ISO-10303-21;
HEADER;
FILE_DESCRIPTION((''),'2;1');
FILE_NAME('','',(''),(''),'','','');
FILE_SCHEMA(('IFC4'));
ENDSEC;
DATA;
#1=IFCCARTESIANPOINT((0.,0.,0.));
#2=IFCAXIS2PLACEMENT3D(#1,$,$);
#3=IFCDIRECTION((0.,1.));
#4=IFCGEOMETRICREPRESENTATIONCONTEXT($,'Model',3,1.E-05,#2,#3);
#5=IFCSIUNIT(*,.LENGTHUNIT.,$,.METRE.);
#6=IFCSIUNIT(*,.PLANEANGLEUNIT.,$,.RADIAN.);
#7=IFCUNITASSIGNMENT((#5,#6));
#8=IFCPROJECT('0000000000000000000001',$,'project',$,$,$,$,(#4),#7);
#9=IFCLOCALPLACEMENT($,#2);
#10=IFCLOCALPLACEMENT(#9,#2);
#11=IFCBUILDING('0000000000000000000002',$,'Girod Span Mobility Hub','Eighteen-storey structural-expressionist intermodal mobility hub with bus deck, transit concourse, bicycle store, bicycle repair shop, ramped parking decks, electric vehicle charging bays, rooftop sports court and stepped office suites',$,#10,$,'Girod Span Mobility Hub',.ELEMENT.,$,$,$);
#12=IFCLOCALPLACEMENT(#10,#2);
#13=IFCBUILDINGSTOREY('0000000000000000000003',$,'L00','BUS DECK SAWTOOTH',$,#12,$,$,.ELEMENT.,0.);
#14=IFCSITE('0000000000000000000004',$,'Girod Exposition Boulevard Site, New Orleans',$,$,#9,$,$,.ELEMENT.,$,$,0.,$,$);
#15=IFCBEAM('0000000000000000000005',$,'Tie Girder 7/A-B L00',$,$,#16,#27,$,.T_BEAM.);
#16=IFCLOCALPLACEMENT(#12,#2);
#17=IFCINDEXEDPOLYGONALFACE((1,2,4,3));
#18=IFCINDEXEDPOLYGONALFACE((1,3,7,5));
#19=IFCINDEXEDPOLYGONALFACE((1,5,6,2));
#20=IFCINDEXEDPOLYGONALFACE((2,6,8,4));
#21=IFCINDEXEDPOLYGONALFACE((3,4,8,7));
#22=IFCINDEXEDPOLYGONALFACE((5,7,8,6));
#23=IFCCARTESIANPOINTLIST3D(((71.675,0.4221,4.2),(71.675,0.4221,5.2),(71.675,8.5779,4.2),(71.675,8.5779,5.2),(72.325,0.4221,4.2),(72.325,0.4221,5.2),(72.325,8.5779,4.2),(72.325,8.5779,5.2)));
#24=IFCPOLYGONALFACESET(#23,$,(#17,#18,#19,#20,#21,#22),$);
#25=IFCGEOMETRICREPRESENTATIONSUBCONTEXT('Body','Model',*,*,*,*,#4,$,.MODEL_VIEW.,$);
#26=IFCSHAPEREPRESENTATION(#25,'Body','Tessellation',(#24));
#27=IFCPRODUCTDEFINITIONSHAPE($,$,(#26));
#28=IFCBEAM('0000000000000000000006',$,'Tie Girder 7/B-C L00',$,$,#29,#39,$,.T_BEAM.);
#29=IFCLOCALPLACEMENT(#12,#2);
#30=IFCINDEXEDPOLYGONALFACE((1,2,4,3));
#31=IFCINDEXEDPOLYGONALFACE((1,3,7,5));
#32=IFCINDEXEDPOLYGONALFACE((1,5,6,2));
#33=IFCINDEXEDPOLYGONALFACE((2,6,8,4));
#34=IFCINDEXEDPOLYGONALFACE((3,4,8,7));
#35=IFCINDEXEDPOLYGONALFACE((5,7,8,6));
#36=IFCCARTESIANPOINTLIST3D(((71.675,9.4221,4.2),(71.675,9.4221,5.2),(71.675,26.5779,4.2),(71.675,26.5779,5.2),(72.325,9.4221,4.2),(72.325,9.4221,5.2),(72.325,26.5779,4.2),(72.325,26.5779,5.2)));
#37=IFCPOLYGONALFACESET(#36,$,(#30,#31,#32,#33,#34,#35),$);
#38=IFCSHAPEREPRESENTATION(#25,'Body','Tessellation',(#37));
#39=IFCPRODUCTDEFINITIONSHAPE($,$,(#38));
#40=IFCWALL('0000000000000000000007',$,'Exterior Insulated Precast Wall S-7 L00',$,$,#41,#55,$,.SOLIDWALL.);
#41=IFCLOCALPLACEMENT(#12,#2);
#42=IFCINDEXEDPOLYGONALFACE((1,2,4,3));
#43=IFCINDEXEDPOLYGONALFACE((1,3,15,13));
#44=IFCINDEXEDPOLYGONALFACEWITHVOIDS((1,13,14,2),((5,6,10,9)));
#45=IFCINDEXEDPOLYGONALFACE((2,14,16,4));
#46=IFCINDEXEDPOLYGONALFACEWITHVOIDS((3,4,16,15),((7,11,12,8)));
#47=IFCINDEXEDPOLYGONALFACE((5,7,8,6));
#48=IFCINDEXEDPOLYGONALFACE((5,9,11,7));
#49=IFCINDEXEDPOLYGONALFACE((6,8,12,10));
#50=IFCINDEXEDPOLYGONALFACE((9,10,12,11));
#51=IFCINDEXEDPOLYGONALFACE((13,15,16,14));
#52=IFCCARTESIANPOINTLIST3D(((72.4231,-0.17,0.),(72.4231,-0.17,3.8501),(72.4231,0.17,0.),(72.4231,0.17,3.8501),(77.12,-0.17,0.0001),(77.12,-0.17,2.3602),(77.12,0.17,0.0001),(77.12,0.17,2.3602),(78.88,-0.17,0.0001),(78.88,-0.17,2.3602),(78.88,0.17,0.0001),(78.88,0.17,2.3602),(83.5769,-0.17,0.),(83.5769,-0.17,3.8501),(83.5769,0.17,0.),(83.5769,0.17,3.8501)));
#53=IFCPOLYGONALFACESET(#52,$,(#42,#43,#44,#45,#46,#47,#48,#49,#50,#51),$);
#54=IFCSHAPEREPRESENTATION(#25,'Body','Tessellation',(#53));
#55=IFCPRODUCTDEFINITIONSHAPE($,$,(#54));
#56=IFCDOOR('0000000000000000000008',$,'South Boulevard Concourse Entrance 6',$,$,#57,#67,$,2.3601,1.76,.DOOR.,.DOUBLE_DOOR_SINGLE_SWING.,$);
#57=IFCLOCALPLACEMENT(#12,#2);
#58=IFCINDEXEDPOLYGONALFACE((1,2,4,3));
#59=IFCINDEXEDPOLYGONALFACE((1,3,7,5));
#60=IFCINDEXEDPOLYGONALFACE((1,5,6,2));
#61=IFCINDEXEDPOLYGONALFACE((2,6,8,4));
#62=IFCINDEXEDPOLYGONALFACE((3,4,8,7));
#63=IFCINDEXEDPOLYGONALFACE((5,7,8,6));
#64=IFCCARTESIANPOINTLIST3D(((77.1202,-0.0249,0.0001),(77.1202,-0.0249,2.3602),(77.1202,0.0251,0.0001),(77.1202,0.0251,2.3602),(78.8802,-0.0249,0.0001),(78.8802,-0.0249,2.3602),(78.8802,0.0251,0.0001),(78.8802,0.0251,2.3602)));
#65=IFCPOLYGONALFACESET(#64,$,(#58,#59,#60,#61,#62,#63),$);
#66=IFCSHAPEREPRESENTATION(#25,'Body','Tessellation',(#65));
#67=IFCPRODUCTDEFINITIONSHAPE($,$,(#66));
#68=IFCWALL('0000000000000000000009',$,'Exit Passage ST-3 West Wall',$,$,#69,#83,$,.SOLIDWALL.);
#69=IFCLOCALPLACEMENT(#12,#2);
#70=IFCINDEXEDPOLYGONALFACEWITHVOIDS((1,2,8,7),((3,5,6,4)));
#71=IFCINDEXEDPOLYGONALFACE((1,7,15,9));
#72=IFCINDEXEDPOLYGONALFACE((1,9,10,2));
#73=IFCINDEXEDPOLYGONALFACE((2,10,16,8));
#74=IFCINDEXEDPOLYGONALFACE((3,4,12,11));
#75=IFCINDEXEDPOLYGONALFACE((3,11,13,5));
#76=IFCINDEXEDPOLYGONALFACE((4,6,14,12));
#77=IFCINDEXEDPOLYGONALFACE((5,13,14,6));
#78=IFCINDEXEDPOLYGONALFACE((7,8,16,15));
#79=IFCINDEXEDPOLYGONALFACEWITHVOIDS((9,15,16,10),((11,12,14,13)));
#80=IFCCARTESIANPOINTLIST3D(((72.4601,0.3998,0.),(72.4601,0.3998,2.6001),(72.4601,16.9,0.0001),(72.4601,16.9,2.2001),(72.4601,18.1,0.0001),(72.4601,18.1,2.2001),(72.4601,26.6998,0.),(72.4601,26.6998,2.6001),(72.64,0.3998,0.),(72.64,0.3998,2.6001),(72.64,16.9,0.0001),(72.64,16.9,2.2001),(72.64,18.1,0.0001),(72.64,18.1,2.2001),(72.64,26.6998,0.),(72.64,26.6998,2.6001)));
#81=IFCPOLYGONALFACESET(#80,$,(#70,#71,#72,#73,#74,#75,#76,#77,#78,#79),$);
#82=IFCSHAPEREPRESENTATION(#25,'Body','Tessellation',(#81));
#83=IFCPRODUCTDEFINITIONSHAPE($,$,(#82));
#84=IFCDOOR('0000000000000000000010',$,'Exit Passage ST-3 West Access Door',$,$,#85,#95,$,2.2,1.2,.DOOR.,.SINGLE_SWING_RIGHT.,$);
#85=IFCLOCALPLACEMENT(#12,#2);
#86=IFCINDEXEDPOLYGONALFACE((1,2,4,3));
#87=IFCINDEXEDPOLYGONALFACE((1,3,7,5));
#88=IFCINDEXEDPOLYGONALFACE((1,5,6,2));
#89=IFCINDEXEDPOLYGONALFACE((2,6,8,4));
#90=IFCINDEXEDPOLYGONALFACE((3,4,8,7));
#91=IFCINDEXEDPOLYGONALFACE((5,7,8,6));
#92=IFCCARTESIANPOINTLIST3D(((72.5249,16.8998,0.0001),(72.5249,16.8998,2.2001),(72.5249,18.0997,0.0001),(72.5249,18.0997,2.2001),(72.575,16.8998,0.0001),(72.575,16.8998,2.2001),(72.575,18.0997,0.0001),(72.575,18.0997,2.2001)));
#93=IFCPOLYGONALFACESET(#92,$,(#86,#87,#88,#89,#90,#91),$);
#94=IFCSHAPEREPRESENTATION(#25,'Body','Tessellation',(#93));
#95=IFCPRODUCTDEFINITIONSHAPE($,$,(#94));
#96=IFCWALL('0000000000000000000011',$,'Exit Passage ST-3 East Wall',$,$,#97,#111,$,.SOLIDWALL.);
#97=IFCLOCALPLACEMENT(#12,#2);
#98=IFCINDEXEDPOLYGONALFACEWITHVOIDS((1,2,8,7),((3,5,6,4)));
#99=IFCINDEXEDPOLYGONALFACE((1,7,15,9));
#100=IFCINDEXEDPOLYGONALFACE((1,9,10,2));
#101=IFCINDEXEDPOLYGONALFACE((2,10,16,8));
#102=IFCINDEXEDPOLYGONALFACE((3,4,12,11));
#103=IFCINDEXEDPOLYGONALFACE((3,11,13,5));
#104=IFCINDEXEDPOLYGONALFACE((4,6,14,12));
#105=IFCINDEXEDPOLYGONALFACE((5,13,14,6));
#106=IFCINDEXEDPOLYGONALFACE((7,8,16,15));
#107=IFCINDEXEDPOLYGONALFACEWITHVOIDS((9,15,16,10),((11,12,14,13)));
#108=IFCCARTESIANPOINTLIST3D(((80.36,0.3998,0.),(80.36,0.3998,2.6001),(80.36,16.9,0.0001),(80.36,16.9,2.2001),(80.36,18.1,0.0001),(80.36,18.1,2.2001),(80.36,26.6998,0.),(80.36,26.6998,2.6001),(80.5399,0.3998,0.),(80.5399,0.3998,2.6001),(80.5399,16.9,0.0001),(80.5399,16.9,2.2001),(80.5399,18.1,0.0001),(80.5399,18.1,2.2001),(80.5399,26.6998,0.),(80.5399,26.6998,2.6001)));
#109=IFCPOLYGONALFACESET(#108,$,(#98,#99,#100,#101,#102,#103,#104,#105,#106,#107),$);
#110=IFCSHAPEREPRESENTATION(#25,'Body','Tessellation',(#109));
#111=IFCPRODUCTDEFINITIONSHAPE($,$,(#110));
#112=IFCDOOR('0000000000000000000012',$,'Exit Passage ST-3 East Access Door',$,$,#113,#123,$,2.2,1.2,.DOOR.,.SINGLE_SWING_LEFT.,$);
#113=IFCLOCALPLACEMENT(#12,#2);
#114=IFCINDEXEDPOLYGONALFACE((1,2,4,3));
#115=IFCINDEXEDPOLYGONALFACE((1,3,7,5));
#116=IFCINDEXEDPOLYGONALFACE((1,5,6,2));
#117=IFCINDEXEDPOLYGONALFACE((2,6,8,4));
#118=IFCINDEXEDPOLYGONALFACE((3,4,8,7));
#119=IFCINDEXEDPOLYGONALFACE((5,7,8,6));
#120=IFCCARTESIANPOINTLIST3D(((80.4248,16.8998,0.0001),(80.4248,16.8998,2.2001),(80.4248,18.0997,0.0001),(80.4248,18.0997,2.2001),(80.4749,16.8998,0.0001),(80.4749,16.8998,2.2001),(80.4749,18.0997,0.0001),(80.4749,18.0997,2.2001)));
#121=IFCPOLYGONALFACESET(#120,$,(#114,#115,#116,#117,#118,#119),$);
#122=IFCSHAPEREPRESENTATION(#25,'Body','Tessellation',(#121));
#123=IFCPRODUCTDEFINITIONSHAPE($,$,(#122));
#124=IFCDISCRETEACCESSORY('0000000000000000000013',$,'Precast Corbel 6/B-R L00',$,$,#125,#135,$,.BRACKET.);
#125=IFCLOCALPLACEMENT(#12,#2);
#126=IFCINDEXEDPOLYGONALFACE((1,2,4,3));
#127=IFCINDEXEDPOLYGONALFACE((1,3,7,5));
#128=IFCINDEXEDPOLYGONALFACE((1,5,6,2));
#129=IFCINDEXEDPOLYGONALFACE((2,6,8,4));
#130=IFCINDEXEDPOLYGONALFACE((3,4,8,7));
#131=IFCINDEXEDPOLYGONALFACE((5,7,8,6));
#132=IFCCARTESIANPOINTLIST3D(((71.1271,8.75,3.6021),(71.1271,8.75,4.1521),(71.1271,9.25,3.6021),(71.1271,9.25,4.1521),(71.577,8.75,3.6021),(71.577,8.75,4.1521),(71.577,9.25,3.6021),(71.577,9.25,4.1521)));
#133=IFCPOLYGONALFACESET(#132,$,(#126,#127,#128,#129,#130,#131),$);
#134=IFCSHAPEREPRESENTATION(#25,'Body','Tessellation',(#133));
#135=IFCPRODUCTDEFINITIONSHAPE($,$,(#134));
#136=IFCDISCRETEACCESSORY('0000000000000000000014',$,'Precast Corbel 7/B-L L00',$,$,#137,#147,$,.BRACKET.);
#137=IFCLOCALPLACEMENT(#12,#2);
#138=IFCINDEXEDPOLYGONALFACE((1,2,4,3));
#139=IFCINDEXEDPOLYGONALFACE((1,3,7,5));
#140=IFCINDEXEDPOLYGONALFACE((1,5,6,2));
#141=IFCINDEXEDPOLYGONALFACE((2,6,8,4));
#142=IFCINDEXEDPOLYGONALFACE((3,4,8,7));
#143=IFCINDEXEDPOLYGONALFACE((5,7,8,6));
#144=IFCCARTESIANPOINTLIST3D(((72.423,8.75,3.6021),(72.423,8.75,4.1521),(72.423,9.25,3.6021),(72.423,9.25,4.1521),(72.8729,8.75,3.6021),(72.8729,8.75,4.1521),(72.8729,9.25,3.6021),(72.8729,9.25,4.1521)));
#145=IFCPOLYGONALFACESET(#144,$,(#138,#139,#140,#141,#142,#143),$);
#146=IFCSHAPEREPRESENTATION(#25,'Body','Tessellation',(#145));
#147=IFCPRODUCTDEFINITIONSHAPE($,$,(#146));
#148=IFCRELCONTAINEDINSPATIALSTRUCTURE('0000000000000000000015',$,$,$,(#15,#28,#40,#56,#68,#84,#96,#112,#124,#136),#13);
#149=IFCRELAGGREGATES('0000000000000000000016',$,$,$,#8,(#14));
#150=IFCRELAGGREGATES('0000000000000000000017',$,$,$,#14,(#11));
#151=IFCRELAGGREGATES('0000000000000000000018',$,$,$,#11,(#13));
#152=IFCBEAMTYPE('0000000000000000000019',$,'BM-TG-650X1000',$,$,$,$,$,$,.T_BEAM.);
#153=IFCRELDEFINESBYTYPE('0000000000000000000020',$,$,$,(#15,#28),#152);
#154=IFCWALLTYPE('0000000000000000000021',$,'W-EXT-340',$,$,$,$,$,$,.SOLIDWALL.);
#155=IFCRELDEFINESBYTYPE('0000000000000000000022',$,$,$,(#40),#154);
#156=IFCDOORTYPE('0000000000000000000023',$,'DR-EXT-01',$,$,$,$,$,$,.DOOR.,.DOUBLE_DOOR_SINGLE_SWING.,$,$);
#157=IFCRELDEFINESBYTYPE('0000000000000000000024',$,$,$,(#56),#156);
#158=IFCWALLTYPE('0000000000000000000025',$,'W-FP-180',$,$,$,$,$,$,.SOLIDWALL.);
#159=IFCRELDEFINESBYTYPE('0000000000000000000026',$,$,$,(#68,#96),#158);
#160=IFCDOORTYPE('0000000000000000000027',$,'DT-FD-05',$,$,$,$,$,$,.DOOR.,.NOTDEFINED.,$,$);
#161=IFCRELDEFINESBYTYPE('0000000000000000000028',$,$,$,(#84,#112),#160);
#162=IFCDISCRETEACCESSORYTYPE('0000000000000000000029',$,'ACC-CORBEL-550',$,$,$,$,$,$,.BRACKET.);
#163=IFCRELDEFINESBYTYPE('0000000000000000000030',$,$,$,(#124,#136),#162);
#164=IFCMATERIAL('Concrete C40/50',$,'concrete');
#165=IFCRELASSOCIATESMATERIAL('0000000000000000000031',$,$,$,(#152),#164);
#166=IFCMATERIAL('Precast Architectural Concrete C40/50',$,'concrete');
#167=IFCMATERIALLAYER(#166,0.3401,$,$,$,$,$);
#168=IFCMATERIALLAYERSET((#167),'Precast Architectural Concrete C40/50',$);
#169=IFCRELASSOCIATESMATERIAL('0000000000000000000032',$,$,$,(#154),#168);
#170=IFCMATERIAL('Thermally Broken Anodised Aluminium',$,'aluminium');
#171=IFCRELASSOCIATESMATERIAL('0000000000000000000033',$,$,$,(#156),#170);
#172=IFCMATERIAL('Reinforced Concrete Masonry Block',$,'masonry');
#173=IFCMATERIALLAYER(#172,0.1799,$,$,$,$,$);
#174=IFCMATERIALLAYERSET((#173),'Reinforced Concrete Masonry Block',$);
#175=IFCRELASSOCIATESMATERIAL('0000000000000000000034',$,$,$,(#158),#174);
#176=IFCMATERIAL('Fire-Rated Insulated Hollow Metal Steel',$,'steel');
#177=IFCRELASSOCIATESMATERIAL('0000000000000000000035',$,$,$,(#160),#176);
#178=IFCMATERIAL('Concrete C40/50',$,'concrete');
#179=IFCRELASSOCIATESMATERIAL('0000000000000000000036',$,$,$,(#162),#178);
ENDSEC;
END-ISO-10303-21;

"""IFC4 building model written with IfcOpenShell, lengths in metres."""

from ifc_helpers import new_model, si_unit, direction, frame, frame_2d, origin, origin_2d, place, context, subcontext, project, spatial, rectangle, extrude, material, layer, layer_set, material_profile, profile_set, type_object, element, fill, save


model = new_model("IFC4")

# Units and contexts
model_context = context("Model", 3, precision=1e-05, world=origin(), true_north=direction((0.0, 1.0)))
body_context = subcontext(model_context, "Body", "Model", "MODEL_VIEW")
ifc_project = project(units=[si_unit("LENGTHUNIT", "METRE"), si_unit("PLANEANGLEUNIT", "RADIAN")], contexts=[model_context])

# Site, building, storey
site_placement = place(None, origin())
site = spatial("IfcSite", under=ifc_project, at=site_placement, Name="Girod Exposition Boulevard Site, New Orleans", CompositionType="ELEMENT", RefElevation=0.0)
building_placement = place(site_placement, origin())
building = spatial("IfcBuilding", under=site, at=building_placement, Name="Girod Span Mobility Hub", Description="Eighteen-storey structural-expressionist intermodal mobility hub with bus deck, transit concourse, bicycle store, bicycle repair shop, ramped parking decks, electric vehicle charging bays, rooftop sports court and stepped office suites", LongName="Girod Span Mobility Hub", CompositionType="ELEMENT")
storey_placement = place(building_placement, origin())
storey = spatial("IfcBuildingStorey", under=building, at=storey_placement, Name="L00", Description="BUS DECK SAWTOOTH", CompositionType="ELEMENT", Elevation=0.0)

# Beams
ifc_material_1 = material(Name="Concrete C40/50", Category="concrete")
ifc_material_profile_1 = material_profile(ifc_material_1, rectangle(XDim=0.6499, YDim=1.0, at=origin_2d()), Name="TG-650X1000")
ifc_profile_set_1 = profile_set([ifc_material_profile_1], Name="Concrete C40/50")
beam_type_1 = type_object("IfcBeamType", Name="BM-TG-650X1000", PredefinedType="T_BEAM", material=ifc_profile_set_1)
beam_1_placement = place(storey_placement, frame((72.0, 0.4221, 4.7), z_axis=(0.0, 1.0, 0.0), x_axis=(-1.0, 0.0, 0.0)))
element("IfcBeam", 1, at=beam_1_placement, inside=storey, type_object=beam_type_1, Name="Tie Girder 7/A-B L00", PredefinedType="T_BEAM", context=body_context, shape_type="SweptSolid", body=[
    extrude(rectangle(XDim=0.6499, YDim=1.0, at=origin_2d()), origin(), (0.0, 0.0, 1.0), 8.1558),
])
beam_2_placement = place(storey_placement, frame((72.0, 9.4221, 4.7), z_axis=(0.0, 1.0, 0.0), x_axis=(-1.0, 0.0, 0.0)))
element("IfcBeam", 2, at=beam_2_placement, inside=storey, type_object=beam_type_1, Name="Tie Girder 7/B-C L00", PredefinedType="T_BEAM", context=body_context, shape_type="SweptSolid", body=[
    extrude(rectangle(XDim=0.6499, YDim=1.0, at=origin_2d()), origin(), (0.0, 0.0, 1.0), 17.1558),
])

# Walls, openings, doors
ifc_material_2 = material(Name="Precast Architectural Concrete C40/50", Category="concrete")
ifc_layer_1 = layer(ifc_material_2, 0.3401)
ifc_layer_set_1 = layer_set([ifc_layer_1], Name="Precast Architectural Concrete C40/50")
wall_type_1 = type_object("IfcWallType", Name="W-EXT-340", PredefinedType="SOLIDWALL", material=ifc_layer_set_1)
wall_1_placement = place(storey_placement, frame((72.4231, 0.0, 0.0), z_axis=(0.0, 0.0, 1.0), x_axis=(1.0, 0.0, 0.0)))
wall_1 = element("IfcWall", 3, at=wall_1_placement, inside=storey, type_object=wall_type_1, Name="Exterior Insulated Precast Wall S-7 L00", PredefinedType="SOLIDWALL", context=body_context, shape_type="SweptSolid", body=[
    extrude(rectangle(XDim=11.1538, YDim=0.3401, at=frame_2d((5.5769, 0.0))), origin(), (0.0, 0.0, 1.0), 3.8501),
])
opening_1_placement = place(wall_1_placement, frame((4.697, 0.0, 0.0)))
opening_1 = element("IfcOpeningElement", 4, at=opening_1_placement, cuts=wall_1, PredefinedType="OPENING", context=body_context, shape_type="SweptSolid", body=[
    extrude(rectangle(XDim=1.76, YDim=2.3601, at=frame_2d((0.8799, 1.1802))), frame((0.0, 0.1851, 0.0), z_axis=(0.0, -1.0, 0.0), x_axis=(1.0, 0.0, 0.0)), (0.0, 0.0, 1.0), 0.3701),
])
ifc_material_3 = material(Name="Thermally Broken Anodised Aluminium", Category="aluminium")
door_type_1 = type_object("IfcDoorType", Name="DR-EXT-01", OperationType="DOUBLE_DOOR_SINGLE_SWING", PredefinedType="DOOR", material=ifc_material_3)
door_1_placement = place(opening_1_placement, frame((1.76, 0.0, 0.0), z_axis=(0.0, 0.0, 1.0), x_axis=(-1.0, 0.0, 0.0)))
door_1 = element("IfcDoor", 5, at=door_1_placement, inside=storey, type_object=door_type_1, Name="South Boulevard Concourse Entrance 6", OperationType="DOUBLE_DOOR_SINGLE_SWING", OverallHeight=2.3601, OverallWidth=1.76, PredefinedType="DOOR", context=body_context, shape_type="SweptSolid", body=[
    extrude(rectangle(XDim=1.76, YDim=2.3601, at=frame_2d((0.8799, 1.1802))), frame((0.0, 0.0249, 0.0), z_axis=(0.0, -1.0, 0.0), x_axis=(1.0, 0.0, 0.0)), (0.0, 0.0, 1.0), 0.05),
])
fill(opening_1, door_1)
ifc_material_4 = material(Name="Reinforced Concrete Masonry Block", Category="masonry")
ifc_layer_2 = layer(ifc_material_4, 0.1799)
ifc_layer_set_2 = layer_set([ifc_layer_2], Name="Reinforced Concrete Masonry Block")
wall_type_2 = type_object("IfcWallType", Name="W-FP-180", PredefinedType="SOLIDWALL", material=ifc_layer_set_2)
wall_2_placement = place(storey_placement, frame((72.55, 0.3999, 0.0), z_axis=(0.0, 0.0, 1.0), x_axis=(0.0, 1.0, 0.0)))
wall_2 = element("IfcWall", 6, at=wall_2_placement, inside=storey, type_object=wall_type_2, Name="Exit Passage ST-3 West Wall", PredefinedType="SOLIDWALL", context=body_context, shape_type="SweptSolid", body=[
    extrude(rectangle(XDim=26.3, YDim=0.1799, at=frame_2d((13.1499, 0.0))), origin(), (0.0, 0.0, 1.0), 2.6001),
])
opening_2_placement = place(wall_2_placement, frame((16.5, 0.0, 0.0)))
opening_2 = element("IfcOpeningElement", 7, at=opening_2_placement, cuts=wall_2, PredefinedType="OPENING", context=body_context, shape_type="SweptSolid", body=[
    extrude(rectangle(XDim=1.2, YDim=2.2, at=frame_2d((0.6001, 1.1001))), frame((0.0, 0.105, 0.0), z_axis=(0.0, -1.0, 0.0), x_axis=(1.0, 0.0, 0.0)), (0.0, 0.0, 1.0), 0.21),
])
ifc_material_5 = material(Name="Fire-Rated Insulated Hollow Metal Steel", Category="steel")
door_type_2 = type_object("IfcDoorType", Name="DT-FD-05", OperationType="NOTDEFINED", PredefinedType="DOOR", material=ifc_material_5)
door_2_placement = place(opening_2_placement, frame((1.2, 0.0, 0.0), z_axis=(0.0, 0.0, 1.0), x_axis=(-1.0, 0.0, 0.0)))
door_2 = element("IfcDoor", 8, at=door_2_placement, inside=storey, type_object=door_type_2, Name="Exit Passage ST-3 West Access Door", OperationType="SINGLE_SWING_RIGHT", OverallHeight=2.2, OverallWidth=1.2, PredefinedType="DOOR", context=body_context, shape_type="SweptSolid", body=[
    extrude(rectangle(XDim=1.2, YDim=2.2, at=frame_2d((0.6001, 1.1001))), frame((0.0, 0.0249, 0.0), z_axis=(0.0, -1.0, 0.0), x_axis=(1.0, 0.0, 0.0)), (0.0, 0.0, 1.0), 0.05),
])
fill(opening_2, door_2)
wall_3_placement = place(storey_placement, frame((80.45, 0.3999, 0.0), z_axis=(0.0, 0.0, 1.0), x_axis=(0.0, 1.0, 0.0)))
wall_3 = element("IfcWall", 9, at=wall_3_placement, inside=storey, type_object=wall_type_2, Name="Exit Passage ST-3 East Wall", PredefinedType="SOLIDWALL", context=body_context, shape_type="SweptSolid", body=[
    extrude(rectangle(XDim=26.3, YDim=0.1799, at=frame_2d((13.1499, 0.0))), origin(), (0.0, 0.0, 1.0), 2.6001),
])
opening_3_placement = place(wall_3_placement, frame((16.5, 0.0, 0.0)))
opening_3 = element("IfcOpeningElement", 10, at=opening_3_placement, cuts=wall_3, PredefinedType="OPENING", context=body_context, shape_type="SweptSolid", body=[
    extrude(rectangle(XDim=1.2, YDim=2.2, at=frame_2d((0.6001, 1.1001))), frame((0.0, 0.105, 0.0), z_axis=(0.0, -1.0, 0.0), x_axis=(1.0, 0.0, 0.0)), (0.0, 0.0, 1.0), 0.21),
])
door_3_placement = place(opening_3_placement, frame((1.2, 0.0, 0.0), z_axis=(0.0, 0.0, 1.0), x_axis=(-1.0, 0.0, 0.0)))
door_3 = element("IfcDoor", 11, at=door_3_placement, inside=storey, type_object=door_type_2, Name="Exit Passage ST-3 East Access Door", OperationType="SINGLE_SWING_LEFT", OverallHeight=2.2, OverallWidth=1.2, PredefinedType="DOOR", context=body_context, shape_type="SweptSolid", body=[
    extrude(rectangle(XDim=1.2, YDim=2.2, at=frame_2d((0.6001, 1.1001))), frame((0.0, 0.0249, 0.0), z_axis=(0.0, -1.0, 0.0), x_axis=(1.0, 0.0, 0.0)), (0.0, 0.0, 1.0), 0.05),
])
fill(opening_3, door_3)

# Discrete accessories
ifc_material_6 = material(Name="Concrete C40/50", Category="concrete")
discrete_accessory_type = type_object("IfcDiscreteAccessoryType", Name="ACC-CORBEL-550", PredefinedType="BRACKET", material=ifc_material_6)
for number, where, z_axis, x_axis, name in (
    (12, (71.3521, 9.0, 3.6021), (0.0, 0.0, 1.0), (1.0, 0.0, 0.0), "Precast Corbel 6/B-R L00"),
    (13, (72.6479, 9.0, 3.6021), (0.0, 0.0, 1.0), (1.0, 0.0, 0.0), "Precast Corbel 7/B-L L00"),
):
    element("IfcDiscreteAccessory", number, at=place(storey_placement, frame(where, z_axis=z_axis, x_axis=x_axis)), inside=storey, type_object=discrete_accessory_type, Name=name, PredefinedType="BRACKET", context=body_context, shape_type="SweptSolid", body=[
        extrude(rectangle(XDim=0.45, YDim=0.5, at=origin_2d()), origin(), (0.0, 0.0, 1.0), 0.55),
    ])

save(model, "model.ifc")
